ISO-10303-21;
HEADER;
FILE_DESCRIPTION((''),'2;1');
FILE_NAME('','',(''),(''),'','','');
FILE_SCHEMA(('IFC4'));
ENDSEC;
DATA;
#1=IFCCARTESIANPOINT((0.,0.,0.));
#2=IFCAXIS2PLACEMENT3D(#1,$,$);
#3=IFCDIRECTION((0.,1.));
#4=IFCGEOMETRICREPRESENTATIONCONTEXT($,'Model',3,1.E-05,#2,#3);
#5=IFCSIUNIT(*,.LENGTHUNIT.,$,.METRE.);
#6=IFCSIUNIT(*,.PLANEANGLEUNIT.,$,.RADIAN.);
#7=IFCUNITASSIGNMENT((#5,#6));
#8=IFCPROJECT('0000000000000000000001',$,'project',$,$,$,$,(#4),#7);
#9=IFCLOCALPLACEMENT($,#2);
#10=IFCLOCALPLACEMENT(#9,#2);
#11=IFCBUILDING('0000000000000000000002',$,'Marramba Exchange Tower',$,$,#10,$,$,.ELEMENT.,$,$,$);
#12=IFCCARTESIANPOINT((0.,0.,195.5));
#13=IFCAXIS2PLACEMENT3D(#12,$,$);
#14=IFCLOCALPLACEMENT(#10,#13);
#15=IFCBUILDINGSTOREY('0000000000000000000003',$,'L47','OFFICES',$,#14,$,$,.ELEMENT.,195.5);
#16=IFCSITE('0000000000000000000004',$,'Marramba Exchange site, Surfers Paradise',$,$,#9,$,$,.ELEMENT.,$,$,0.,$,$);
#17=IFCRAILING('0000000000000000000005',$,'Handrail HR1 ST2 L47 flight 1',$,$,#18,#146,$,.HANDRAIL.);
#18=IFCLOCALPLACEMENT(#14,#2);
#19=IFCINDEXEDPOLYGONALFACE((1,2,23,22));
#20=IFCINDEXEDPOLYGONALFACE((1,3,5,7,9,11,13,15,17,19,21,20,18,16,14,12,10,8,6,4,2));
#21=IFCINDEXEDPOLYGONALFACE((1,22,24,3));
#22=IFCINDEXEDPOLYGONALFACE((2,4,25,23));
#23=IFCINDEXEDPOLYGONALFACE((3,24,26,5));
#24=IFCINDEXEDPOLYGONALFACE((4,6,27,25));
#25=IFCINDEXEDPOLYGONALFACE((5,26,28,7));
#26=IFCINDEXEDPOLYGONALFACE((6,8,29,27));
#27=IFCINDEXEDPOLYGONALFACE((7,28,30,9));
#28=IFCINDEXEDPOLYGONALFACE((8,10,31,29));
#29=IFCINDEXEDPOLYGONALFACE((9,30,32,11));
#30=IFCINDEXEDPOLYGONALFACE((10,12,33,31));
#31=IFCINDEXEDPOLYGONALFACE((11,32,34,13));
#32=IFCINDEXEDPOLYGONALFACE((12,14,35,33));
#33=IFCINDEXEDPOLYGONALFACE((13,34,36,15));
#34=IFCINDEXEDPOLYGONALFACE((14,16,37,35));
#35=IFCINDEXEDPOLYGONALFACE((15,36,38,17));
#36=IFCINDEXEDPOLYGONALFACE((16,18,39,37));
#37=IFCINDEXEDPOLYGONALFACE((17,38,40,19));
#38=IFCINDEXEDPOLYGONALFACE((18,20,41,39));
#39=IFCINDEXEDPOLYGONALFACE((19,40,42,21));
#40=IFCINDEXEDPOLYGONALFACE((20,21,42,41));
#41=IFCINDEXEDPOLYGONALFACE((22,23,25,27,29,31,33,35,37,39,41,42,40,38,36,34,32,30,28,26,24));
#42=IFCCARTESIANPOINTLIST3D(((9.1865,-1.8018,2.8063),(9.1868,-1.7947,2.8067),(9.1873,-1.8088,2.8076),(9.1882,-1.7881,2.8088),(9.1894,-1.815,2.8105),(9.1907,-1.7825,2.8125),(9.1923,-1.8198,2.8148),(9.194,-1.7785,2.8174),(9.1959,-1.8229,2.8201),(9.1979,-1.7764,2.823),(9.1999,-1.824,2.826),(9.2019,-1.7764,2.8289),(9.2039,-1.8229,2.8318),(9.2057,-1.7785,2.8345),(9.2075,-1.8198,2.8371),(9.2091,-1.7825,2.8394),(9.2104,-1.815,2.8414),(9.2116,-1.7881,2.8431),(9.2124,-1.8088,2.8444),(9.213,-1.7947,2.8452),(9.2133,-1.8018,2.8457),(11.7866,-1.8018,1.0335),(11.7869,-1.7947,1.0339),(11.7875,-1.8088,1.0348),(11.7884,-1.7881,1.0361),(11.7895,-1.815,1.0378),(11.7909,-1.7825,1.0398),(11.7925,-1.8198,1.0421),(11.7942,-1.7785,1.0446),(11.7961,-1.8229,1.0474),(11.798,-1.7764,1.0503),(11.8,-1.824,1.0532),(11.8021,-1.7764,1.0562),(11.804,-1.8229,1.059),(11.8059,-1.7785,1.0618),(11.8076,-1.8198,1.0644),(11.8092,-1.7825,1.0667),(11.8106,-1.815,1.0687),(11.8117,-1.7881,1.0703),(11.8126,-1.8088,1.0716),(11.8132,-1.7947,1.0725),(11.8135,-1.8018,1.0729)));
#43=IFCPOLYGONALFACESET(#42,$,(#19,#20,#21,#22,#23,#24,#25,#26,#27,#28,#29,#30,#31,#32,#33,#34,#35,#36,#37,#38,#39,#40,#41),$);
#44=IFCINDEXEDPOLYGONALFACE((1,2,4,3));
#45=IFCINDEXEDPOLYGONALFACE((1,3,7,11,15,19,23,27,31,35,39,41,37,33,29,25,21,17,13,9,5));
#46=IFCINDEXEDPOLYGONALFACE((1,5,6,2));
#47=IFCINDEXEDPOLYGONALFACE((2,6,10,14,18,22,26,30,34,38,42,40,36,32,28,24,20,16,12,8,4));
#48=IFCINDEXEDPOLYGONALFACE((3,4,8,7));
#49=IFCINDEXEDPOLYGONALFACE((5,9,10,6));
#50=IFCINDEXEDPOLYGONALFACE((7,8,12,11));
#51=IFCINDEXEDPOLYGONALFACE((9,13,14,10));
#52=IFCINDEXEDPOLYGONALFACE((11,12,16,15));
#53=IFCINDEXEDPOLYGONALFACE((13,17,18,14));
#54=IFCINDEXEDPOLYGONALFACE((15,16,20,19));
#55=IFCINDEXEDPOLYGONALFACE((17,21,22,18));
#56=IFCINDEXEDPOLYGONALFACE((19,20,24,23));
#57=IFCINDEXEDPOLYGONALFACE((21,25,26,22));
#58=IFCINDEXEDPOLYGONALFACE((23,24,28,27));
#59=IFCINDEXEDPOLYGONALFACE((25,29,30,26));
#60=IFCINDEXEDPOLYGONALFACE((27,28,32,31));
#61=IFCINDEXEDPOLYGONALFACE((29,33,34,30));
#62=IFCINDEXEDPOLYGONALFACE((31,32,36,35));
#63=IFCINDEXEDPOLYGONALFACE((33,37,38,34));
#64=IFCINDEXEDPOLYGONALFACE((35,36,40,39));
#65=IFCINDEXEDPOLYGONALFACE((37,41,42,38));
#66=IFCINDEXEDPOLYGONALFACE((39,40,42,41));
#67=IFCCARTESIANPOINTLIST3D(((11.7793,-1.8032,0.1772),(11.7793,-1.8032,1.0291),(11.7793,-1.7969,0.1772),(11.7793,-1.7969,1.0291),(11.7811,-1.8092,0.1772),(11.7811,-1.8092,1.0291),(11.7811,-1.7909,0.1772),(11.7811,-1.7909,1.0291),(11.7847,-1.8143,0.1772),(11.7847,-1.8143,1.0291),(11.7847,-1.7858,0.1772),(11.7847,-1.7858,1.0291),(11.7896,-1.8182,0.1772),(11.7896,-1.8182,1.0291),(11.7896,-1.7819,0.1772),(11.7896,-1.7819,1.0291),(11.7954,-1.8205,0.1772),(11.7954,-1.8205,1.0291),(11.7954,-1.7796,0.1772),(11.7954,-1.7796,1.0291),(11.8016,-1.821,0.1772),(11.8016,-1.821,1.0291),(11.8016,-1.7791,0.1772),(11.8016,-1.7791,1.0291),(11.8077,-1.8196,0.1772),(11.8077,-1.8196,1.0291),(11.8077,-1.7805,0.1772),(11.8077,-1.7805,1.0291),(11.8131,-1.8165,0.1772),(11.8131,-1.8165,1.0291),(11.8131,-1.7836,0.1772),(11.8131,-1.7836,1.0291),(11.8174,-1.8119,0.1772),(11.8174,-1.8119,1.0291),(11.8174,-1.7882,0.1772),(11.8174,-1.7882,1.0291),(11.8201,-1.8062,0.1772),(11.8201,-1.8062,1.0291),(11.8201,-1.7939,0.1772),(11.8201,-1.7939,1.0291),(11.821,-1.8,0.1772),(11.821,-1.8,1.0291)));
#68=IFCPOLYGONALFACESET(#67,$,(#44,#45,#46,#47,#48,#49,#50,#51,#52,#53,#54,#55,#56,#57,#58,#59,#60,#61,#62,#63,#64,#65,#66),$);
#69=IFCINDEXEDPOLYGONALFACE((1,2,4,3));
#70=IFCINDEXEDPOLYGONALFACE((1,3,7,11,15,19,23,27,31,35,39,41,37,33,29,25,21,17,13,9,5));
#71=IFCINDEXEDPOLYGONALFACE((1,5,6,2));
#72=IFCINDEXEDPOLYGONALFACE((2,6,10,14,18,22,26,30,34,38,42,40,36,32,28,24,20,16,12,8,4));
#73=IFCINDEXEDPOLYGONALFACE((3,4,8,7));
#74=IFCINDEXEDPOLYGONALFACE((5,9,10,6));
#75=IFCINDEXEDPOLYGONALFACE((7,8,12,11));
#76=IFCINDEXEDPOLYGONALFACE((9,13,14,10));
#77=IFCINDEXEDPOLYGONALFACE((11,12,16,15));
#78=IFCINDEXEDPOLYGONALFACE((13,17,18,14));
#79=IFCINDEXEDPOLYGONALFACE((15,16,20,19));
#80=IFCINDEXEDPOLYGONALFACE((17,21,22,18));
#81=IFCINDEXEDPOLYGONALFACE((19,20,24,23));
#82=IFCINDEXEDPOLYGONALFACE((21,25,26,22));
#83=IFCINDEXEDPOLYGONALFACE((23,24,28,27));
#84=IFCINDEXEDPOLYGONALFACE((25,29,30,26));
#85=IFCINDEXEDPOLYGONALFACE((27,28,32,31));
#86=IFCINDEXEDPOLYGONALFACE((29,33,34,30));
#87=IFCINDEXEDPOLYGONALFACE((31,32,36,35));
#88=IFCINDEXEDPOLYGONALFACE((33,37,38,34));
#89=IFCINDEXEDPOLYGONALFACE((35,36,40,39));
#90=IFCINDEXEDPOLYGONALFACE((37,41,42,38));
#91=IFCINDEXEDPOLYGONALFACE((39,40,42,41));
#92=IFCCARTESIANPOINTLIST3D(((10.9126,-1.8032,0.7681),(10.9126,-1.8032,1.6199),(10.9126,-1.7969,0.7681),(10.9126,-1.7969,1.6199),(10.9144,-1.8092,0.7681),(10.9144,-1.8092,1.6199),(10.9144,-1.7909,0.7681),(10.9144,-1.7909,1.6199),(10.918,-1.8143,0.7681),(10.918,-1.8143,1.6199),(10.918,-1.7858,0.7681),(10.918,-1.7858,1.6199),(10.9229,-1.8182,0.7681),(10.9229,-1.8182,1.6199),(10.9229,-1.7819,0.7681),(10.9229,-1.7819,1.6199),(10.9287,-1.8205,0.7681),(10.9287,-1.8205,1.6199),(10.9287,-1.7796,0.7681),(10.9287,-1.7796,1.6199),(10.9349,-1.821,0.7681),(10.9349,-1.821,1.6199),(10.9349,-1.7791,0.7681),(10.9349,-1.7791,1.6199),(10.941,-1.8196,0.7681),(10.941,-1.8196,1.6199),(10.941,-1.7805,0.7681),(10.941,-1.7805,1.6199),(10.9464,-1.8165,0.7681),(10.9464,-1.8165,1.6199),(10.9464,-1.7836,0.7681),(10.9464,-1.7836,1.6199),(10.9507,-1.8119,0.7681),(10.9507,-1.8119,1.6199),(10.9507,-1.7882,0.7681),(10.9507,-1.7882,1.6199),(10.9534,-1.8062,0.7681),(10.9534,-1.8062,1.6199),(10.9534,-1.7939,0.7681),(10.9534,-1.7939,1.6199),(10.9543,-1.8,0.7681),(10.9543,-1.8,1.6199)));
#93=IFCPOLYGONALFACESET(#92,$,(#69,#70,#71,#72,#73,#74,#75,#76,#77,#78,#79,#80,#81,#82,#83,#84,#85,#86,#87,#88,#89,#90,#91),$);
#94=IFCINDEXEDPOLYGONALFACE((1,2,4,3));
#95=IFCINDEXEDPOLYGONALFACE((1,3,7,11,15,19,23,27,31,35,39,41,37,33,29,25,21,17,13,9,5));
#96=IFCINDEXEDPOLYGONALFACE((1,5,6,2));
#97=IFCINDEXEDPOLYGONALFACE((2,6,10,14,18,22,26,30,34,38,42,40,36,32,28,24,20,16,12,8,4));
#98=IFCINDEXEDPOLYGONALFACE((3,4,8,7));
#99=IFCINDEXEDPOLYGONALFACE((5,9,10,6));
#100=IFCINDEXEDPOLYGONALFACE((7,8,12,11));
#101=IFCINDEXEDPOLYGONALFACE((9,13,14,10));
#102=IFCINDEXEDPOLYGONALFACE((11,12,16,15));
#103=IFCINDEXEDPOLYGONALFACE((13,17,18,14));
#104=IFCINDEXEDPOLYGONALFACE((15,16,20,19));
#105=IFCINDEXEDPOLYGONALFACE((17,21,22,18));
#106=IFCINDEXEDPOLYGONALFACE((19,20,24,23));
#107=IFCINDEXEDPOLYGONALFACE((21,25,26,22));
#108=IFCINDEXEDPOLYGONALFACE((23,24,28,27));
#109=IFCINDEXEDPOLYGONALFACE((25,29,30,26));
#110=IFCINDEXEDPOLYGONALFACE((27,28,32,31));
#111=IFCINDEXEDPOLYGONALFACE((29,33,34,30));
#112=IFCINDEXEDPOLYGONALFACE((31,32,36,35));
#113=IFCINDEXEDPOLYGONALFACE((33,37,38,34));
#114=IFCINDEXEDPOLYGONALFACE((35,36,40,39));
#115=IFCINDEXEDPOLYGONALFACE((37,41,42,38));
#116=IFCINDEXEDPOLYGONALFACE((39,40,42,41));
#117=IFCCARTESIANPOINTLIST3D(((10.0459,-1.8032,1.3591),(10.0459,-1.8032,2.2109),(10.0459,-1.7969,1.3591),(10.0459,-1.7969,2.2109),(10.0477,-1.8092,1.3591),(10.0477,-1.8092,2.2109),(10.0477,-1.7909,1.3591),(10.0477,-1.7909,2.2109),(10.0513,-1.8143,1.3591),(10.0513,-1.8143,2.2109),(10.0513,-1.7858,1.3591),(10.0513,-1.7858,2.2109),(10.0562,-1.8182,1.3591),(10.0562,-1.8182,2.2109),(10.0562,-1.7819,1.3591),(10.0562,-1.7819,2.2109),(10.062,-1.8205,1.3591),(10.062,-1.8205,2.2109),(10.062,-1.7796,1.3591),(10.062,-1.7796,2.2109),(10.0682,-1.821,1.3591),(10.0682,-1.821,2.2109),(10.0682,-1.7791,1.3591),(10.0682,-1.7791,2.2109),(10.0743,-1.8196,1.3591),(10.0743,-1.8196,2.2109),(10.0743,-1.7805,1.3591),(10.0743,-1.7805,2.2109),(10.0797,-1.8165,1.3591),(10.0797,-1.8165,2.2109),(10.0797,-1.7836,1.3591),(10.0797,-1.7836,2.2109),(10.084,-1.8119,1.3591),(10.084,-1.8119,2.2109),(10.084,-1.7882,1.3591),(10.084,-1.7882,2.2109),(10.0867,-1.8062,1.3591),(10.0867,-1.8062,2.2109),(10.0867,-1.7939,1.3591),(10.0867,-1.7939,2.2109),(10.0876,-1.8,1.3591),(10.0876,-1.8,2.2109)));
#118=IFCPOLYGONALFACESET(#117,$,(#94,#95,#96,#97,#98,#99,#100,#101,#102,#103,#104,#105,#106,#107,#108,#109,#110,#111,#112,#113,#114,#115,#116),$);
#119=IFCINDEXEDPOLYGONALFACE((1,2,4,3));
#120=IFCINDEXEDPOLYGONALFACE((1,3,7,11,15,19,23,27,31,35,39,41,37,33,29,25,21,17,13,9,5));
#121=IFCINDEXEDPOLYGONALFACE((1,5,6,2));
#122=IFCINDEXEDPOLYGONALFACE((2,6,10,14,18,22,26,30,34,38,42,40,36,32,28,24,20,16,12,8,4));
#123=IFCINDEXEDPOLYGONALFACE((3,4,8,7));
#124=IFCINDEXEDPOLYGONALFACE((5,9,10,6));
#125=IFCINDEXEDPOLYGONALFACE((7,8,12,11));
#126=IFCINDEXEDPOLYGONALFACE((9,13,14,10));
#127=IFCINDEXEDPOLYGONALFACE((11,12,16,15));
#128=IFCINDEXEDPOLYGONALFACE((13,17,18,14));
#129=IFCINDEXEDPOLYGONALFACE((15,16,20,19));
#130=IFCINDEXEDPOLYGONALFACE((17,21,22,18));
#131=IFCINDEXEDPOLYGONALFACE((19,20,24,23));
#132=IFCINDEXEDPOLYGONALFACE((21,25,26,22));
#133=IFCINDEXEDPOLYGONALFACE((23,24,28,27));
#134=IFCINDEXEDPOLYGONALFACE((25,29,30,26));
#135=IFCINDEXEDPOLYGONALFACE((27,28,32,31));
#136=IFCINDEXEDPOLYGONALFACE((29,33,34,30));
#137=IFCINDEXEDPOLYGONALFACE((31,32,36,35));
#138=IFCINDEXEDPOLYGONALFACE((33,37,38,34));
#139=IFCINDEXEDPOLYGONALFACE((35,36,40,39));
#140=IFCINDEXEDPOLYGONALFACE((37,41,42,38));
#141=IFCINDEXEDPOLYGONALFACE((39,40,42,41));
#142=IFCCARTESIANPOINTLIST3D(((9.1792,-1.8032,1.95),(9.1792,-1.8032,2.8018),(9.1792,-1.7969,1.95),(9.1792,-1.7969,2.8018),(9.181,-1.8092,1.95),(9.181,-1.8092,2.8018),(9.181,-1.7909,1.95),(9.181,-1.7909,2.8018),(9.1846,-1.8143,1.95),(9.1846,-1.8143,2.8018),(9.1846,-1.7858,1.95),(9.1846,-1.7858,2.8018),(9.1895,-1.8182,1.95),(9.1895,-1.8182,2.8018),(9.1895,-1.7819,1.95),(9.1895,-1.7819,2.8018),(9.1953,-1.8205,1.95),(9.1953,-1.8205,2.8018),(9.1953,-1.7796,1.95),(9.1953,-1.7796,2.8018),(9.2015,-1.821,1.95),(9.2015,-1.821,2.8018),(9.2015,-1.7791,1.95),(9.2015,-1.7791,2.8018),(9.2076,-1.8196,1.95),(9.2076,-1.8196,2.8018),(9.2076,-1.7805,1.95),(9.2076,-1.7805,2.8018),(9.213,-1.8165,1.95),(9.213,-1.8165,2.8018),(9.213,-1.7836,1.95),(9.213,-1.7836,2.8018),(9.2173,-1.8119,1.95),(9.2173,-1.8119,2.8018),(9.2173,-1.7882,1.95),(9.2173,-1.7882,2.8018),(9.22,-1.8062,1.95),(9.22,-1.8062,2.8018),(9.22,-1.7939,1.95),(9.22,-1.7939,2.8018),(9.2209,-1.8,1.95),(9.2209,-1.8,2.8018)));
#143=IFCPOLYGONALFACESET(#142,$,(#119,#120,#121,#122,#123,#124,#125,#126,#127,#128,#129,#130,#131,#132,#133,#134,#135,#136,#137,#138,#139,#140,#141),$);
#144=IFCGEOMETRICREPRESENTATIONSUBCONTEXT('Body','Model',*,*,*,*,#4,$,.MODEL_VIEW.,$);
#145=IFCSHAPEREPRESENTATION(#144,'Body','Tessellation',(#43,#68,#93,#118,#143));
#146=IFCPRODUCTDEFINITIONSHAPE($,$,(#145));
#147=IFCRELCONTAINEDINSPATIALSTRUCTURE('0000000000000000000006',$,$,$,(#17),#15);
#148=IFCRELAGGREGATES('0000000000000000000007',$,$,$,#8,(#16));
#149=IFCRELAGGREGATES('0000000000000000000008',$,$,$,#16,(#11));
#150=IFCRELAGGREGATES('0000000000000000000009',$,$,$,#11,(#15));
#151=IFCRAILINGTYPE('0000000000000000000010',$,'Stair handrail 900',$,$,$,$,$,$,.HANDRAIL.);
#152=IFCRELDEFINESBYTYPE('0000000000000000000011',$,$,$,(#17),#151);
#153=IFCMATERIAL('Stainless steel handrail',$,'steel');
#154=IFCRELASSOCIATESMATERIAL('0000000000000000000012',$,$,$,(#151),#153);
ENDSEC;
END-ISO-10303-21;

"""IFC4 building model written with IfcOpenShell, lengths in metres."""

from ifc_helpers import new_model, si_unit, direction, frame, origin, origin_2d, place, context, subcontext, project, spatial, circle, extrude, material, type_object, element, save


model = new_model("IFC4")

# Units and contexts
model_context = context("Model", 3, precision=1e-05, world=origin(), true_north=direction((0.0, 1.0)))
body_context = subcontext(model_context, "Body", "Model", "MODEL_VIEW")
ifc_project = project(units=[si_unit("LENGTHUNIT", "METRE"), si_unit("PLANEANGLEUNIT", "RADIAN")], contexts=[model_context])

# Site, building, storey
site_placement = place(None, origin())
site = spatial("IfcSite", under=ifc_project, at=site_placement, Name="Marramba Exchange site, Surfers Paradise", CompositionType="ELEMENT", RefElevation=0.0)
building_placement = place(site_placement, origin())
building = spatial("IfcBuilding", under=site, at=building_placement, Name="Marramba Exchange Tower", CompositionType="ELEMENT")
storey_placement = place(building_placement, frame((0.0, 0.0, 195.5)))
storey = spatial("IfcBuildingStorey", under=building, at=storey_placement, Name="L47", Description="OFFICES", CompositionType="ELEMENT", Elevation=195.5)

# Railing
ifc_material_1 = material(Name="Stainless steel handrail", Category="steel")
railing_type = type_object("IfcRailingType", Name="Stair handrail 900", PredefinedType="HANDRAIL", material=ifc_material_1)
railing_placement = place(storey_placement, frame((11.8, -1.8, 0.1772)))
element("IfcRailing", 1, at=railing_placement, inside=storey, type_object=railing_type, Name="Handrail HR1 ST2 L47 flight 1", PredefinedType="HANDRAIL", context=body_context, shape_type="SweptSolid", body=[
    extrude(circle(Radius=0.0239, at=origin_2d()), frame((0.0, 0.0, 0.876), z_axis=(-0.82624, 0.0, 0.563318), x_axis=(0.0, -1.0, 0.0)), (0.0, 0.0, 1.0), 3.147),
    extrude(circle(Radius=0.021, at=origin_2d()), origin(), (0.0, 0.0, 1.0), 0.8518),
    extrude(circle(Radius=0.021, at=origin_2d()), frame((-0.8667, 0.0, 0.5908)), (0.0, 0.0, 1.0), 0.8518),
    extrude(circle(Radius=0.021, at=origin_2d()), frame((-1.7334, 0.0, 1.1819)), (0.0, 0.0, 1.0), 0.8518),
    extrude(circle(Radius=0.021, at=origin_2d()), frame((-2.6001, 0.0, 1.7727)), (0.0, 0.0, 1.0), 0.8518),
])

save(model, "model.ifc")
